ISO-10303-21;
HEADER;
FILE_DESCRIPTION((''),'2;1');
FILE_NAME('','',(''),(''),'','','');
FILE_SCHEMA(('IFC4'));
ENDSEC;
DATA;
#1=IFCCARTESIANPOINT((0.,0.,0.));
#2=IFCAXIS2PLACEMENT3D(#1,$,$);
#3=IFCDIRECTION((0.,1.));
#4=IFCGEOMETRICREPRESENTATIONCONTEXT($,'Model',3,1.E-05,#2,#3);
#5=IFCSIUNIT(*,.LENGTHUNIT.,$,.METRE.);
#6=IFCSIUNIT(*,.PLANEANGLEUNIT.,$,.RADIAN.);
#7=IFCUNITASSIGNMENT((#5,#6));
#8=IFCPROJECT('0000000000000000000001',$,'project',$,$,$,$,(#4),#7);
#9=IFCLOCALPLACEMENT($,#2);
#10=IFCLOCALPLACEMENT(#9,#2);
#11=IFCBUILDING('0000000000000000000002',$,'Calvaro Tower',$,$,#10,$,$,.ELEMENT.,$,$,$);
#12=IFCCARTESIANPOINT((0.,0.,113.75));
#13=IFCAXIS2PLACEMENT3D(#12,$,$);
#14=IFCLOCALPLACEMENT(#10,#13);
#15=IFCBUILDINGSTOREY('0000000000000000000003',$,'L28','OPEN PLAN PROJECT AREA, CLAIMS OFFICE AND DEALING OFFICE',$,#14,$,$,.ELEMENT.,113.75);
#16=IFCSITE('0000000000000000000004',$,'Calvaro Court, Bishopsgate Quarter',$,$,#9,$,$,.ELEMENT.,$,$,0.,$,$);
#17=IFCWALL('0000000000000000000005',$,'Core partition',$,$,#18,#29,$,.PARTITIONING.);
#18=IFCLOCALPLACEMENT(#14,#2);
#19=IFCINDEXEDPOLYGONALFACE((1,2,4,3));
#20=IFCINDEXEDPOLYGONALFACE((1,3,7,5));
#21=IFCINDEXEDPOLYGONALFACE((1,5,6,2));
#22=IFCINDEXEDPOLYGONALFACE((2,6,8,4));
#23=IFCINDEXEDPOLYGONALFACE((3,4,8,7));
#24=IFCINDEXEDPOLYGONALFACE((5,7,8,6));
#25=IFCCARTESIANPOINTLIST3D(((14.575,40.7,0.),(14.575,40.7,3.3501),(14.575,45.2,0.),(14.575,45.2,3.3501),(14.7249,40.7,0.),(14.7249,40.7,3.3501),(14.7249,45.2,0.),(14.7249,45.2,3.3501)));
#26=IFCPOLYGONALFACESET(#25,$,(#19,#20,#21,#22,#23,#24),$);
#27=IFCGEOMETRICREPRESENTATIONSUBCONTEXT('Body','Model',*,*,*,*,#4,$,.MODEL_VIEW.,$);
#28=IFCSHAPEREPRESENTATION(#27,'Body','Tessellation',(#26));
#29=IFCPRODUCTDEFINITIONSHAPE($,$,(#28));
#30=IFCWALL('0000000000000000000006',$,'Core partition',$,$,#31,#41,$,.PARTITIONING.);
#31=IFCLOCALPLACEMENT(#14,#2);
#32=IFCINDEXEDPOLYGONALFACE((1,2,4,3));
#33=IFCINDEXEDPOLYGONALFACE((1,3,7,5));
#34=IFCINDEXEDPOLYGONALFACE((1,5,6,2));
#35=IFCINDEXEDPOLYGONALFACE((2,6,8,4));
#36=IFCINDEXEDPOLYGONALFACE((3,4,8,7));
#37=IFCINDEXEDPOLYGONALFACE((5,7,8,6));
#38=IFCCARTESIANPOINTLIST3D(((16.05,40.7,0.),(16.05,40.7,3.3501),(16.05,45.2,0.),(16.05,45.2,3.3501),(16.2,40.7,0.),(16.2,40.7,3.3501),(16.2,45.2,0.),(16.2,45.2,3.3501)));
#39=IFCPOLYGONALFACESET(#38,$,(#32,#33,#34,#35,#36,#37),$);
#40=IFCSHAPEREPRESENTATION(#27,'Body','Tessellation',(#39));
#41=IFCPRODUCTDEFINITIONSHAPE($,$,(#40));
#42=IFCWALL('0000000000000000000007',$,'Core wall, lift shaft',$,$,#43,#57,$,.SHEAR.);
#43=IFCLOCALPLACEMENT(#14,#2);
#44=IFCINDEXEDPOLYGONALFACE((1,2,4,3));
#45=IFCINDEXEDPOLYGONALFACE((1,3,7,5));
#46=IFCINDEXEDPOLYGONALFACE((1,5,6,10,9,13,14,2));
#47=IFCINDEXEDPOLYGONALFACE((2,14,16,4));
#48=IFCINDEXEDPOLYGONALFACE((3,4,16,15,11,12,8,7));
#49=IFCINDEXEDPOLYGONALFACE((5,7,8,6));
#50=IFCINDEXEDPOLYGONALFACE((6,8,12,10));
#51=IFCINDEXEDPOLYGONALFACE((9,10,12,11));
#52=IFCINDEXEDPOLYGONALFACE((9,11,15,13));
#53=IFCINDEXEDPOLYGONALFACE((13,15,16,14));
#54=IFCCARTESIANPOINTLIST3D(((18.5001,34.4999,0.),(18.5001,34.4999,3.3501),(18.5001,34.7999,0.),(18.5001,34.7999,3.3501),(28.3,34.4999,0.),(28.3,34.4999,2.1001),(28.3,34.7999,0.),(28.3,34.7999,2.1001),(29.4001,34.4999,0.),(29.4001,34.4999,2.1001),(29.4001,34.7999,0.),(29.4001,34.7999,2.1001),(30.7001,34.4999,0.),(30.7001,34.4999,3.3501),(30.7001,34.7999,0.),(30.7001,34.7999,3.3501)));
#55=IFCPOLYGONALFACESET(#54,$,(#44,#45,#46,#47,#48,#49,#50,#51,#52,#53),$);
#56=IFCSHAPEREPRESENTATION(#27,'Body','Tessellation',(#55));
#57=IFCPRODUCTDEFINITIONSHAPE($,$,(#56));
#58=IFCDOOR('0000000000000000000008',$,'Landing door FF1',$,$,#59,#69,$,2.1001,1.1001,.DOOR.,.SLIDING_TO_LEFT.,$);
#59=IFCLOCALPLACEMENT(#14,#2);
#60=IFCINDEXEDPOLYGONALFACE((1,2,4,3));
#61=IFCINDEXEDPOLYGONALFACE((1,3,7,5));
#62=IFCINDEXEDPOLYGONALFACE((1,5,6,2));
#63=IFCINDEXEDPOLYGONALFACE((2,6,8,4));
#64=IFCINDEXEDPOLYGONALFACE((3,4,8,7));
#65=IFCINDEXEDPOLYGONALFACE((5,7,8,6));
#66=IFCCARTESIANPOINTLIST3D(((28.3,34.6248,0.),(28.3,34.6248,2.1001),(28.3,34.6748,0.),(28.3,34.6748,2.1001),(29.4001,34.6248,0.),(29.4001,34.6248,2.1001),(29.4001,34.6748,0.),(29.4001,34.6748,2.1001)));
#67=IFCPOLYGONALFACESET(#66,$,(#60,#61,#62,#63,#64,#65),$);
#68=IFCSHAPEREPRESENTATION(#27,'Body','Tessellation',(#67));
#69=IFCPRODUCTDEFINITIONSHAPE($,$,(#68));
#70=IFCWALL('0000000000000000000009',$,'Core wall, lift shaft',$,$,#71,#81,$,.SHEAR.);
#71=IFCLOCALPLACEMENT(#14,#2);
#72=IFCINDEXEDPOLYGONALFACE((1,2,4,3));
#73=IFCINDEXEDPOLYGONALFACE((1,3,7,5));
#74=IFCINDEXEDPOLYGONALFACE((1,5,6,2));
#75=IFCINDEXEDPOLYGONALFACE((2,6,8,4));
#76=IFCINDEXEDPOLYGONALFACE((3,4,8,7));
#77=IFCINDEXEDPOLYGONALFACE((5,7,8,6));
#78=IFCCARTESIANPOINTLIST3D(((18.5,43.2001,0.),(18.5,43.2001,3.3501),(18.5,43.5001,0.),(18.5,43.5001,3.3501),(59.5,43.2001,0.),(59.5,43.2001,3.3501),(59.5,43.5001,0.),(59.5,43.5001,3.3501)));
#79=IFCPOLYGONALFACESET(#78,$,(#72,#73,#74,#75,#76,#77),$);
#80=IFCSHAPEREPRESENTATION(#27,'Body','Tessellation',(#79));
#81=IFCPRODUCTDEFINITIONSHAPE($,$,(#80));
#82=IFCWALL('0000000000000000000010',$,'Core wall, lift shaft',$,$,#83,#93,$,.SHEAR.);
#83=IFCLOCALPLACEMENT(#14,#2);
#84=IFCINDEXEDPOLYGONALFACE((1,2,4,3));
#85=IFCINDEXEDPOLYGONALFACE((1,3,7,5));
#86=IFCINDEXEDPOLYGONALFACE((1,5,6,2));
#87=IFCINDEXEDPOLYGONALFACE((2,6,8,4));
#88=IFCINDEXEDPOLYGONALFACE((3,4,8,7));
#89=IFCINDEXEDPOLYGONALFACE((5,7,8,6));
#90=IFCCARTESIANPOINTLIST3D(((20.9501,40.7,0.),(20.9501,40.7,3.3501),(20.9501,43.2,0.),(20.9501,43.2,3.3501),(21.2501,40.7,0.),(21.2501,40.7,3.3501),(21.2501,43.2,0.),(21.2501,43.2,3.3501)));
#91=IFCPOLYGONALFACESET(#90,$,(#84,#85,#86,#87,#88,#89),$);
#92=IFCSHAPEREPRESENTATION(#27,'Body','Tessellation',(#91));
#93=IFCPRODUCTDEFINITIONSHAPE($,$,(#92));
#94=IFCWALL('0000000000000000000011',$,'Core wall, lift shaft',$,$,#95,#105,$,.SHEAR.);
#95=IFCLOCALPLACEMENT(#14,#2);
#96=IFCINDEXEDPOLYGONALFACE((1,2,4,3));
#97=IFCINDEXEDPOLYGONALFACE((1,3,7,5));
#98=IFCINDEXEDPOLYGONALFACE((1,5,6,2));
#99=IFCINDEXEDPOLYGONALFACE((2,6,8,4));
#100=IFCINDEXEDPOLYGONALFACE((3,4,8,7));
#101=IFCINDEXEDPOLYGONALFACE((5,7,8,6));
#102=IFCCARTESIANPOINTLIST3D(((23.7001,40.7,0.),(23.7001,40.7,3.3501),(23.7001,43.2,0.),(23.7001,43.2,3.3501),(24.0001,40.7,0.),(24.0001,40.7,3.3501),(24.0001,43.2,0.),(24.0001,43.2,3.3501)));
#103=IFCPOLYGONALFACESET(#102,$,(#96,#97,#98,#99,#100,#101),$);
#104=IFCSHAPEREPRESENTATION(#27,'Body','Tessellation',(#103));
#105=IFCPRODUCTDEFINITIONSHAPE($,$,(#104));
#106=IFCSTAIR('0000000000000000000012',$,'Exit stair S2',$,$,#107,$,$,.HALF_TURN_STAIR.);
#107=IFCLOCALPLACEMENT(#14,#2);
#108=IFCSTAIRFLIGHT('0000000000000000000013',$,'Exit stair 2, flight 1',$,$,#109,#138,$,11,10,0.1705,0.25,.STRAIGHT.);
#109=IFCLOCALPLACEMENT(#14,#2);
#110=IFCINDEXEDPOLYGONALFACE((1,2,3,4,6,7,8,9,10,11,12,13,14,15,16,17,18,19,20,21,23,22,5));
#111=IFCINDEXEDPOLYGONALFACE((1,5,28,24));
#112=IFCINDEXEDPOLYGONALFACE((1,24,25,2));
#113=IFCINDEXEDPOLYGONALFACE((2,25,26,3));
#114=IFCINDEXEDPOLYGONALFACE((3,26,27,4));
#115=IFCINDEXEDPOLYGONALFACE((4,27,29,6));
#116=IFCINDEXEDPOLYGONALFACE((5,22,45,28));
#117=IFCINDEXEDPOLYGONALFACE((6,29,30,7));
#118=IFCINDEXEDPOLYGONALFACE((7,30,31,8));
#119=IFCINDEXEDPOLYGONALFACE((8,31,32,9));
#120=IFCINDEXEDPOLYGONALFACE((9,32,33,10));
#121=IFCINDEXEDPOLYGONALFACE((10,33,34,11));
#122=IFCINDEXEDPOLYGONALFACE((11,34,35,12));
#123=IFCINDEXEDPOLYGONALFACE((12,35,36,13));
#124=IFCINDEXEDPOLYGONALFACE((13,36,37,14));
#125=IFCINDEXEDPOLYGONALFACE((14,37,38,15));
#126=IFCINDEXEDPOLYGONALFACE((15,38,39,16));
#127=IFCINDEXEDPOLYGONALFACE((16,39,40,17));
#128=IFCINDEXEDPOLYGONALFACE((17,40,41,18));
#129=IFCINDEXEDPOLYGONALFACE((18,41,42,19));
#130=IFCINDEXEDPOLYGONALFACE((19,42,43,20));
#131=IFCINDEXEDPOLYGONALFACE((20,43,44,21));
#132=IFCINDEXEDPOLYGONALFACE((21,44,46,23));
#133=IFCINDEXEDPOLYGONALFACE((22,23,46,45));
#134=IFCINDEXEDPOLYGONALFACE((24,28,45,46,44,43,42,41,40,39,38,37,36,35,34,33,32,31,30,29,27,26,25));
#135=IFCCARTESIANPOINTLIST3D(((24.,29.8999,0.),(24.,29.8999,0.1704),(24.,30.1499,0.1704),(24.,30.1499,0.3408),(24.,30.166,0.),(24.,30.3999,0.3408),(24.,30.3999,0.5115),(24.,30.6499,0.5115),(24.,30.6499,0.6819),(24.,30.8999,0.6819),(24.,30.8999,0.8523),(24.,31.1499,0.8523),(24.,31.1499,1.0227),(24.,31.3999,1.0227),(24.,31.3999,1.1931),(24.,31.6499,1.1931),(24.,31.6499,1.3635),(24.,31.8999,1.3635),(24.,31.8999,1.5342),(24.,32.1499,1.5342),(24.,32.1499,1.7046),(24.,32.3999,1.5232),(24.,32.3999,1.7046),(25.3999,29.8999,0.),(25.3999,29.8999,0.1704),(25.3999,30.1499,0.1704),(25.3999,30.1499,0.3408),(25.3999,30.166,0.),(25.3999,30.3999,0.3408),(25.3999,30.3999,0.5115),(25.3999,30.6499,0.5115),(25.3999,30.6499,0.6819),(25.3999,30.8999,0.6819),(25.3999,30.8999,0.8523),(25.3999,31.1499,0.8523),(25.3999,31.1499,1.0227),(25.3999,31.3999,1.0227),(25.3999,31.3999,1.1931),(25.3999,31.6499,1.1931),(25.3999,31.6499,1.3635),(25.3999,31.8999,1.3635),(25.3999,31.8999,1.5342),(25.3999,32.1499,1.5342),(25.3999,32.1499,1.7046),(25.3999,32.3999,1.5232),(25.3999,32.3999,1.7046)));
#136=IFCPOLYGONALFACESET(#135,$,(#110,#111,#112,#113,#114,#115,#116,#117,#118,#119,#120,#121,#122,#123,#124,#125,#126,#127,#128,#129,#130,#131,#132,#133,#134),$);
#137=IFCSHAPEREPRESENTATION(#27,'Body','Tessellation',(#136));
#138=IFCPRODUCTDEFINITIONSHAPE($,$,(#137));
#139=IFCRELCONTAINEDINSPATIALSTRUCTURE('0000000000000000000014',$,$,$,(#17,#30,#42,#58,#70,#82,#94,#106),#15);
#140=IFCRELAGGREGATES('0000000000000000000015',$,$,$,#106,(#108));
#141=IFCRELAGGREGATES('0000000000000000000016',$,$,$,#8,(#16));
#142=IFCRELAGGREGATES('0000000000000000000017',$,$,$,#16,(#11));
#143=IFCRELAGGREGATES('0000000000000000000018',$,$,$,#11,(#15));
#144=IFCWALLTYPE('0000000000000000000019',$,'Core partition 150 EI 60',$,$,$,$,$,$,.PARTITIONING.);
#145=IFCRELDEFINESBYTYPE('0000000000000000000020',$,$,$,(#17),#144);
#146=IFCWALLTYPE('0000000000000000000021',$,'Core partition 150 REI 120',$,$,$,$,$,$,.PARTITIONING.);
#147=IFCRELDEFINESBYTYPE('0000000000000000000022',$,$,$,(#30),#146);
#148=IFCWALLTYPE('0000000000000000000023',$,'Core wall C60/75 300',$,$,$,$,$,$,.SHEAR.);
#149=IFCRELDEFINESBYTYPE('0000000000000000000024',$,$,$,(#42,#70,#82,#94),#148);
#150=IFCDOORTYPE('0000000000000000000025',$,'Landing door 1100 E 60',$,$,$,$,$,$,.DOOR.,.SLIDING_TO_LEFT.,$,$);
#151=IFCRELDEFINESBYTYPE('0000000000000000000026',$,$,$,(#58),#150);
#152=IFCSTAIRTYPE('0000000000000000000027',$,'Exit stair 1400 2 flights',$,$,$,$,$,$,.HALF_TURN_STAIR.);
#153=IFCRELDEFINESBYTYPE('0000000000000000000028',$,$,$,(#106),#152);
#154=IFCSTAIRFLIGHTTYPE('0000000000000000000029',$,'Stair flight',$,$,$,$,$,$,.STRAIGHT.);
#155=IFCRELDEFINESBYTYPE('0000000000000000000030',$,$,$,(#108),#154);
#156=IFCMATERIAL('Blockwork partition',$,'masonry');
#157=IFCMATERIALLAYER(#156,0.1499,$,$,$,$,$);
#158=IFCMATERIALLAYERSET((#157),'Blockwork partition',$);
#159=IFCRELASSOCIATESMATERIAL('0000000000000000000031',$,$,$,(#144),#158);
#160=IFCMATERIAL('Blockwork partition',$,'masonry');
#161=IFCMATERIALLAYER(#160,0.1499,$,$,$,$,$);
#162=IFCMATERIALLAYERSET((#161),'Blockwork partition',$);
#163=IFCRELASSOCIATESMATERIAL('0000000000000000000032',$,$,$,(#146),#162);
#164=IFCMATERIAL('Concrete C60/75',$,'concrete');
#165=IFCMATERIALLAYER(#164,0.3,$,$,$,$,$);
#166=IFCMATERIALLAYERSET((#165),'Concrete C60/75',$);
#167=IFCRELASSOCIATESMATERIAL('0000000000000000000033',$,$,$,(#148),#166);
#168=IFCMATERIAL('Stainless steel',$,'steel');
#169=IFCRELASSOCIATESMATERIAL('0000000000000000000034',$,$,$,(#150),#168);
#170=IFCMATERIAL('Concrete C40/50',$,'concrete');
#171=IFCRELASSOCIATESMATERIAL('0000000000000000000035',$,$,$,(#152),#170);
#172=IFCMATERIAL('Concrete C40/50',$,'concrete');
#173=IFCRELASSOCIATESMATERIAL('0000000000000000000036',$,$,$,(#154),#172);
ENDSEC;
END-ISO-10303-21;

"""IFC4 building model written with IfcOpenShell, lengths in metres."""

from ifc_helpers import new_model, si_unit, direction, frame, frame_2d, origin, place, context, subcontext, project, spatial, polyline, rectangle, outline, extrude, material, layer, layer_set, type_object, element, fill, aggregate, save


model = new_model("IFC4")

# Units and contexts
model_context = context("Model", 3, precision=1e-05, world=origin(), true_north=direction((0.0, 1.0)))
body_context = subcontext(model_context, "Body", "Model", "MODEL_VIEW")
ifc_project = project(units=[si_unit("LENGTHUNIT", "METRE"), si_unit("PLANEANGLEUNIT", "RADIAN")], contexts=[model_context])

# Site, building, storey
site_placement = place(None, origin())
site = spatial("IfcSite", under=ifc_project, at=site_placement, Name="Calvaro Court, Bishopsgate Quarter", CompositionType="ELEMENT", RefElevation=0.0)
building_placement = place(site_placement, origin())
building = spatial("IfcBuilding", under=site, at=building_placement, Name="Calvaro Tower", CompositionType="ELEMENT")
storey_placement = place(building_placement, frame((0.0, 0.0, 113.75)))
storey = spatial("IfcBuildingStorey", under=building, at=storey_placement, Name="L28", Description="OPEN PLAN PROJECT AREA, CLAIMS OFFICE AND DEALING OFFICE", CompositionType="ELEMENT", Elevation=113.75)

# Walls
ifc_material_1 = material(Name="Blockwork partition", Category="masonry")
ifc_layer_1 = layer(ifc_material_1, 0.1499)
ifc_layer_set_1 = layer_set([ifc_layer_1], Name="Blockwork partition")
wall_type_1 = type_object("IfcWallType", Name="Core partition 150 EI 60", PredefinedType="PARTITIONING", material=ifc_layer_set_1)
wall_1_placement = place(storey_placement, frame((14.6499, 40.7, 0.0), z_axis=(0.0, 0.0, 1.0), x_axis=(0.0, 1.0, 0.0)))
element("IfcWall", 1, at=wall_1_placement, inside=storey, type_object=wall_type_1, Name="Core partition", PredefinedType="PARTITIONING", context=body_context, shape_type="SweptSolid", body=[
    extrude(rectangle(XDim=4.5, YDim=0.1499, at=frame_2d((2.25, 0.0))), origin(), (0.0, 0.0, 1.0), 3.3501),
])
ifc_material_2 = material(Name="Blockwork partition", Category="masonry")
ifc_layer_2 = layer(ifc_material_2, 0.1499)
ifc_layer_set_2 = layer_set([ifc_layer_2], Name="Blockwork partition")
wall_type_2 = type_object("IfcWallType", Name="Core partition 150 REI 120", PredefinedType="PARTITIONING", material=ifc_layer_set_2)
wall_2_placement = place(storey_placement, frame((16.125, 40.7, 0.0), z_axis=(0.0, 0.0, 1.0), x_axis=(0.0, 1.0, 0.0)))
element("IfcWall", 2, at=wall_2_placement, inside=storey, type_object=wall_type_2, Name="Core partition", PredefinedType="PARTITIONING", context=body_context, shape_type="SweptSolid", body=[
    extrude(rectangle(XDim=4.5, YDim=0.1499, at=frame_2d((2.25, 0.0))), origin(), (0.0, 0.0, 1.0), 3.3501),
])

# Wall, opening, door
ifc_material_3 = material(Name="Concrete C60/75", Category="concrete")
ifc_layer_3 = layer(ifc_material_3, 0.3)
ifc_layer_set_3 = layer_set([ifc_layer_3], Name="Concrete C60/75")
wall_type_3 = type_object("IfcWallType", Name="Core wall C60/75 300", PredefinedType="SHEAR", material=ifc_layer_set_3)
wall_3_placement = place(storey_placement, frame((18.5, 34.6499, 0.0), z_axis=(0.0, 0.0, 1.0), x_axis=(1.0, 0.0, 0.0)))
wall_3 = element("IfcWall", 3, at=wall_3_placement, inside=storey, type_object=wall_type_3, Name="Core wall, lift shaft", PredefinedType="SHEAR", context=body_context, shape_type="SweptSolid", body=[
    extrude(rectangle(XDim=12.2, YDim=0.3, at=frame_2d((6.1001, 0.0))), origin(), (0.0, 0.0, 1.0), 3.3501),
])
opening_1_placement = place(wall_3_placement, frame((9.8, 0.0, 0.0)))
opening_1 = element("IfcOpeningElement", 4, at=opening_1_placement, cuts=wall_3, PredefinedType="OPENING", context=body_context, shape_type="SweptSolid", body=[
    extrude(rectangle(XDim=1.1001, YDim=2.1001, at=frame_2d((0.55, 1.05))), frame((0.0, 0.1599, 0.0), z_axis=(0.0, -1.0, 0.0), x_axis=(1.0, 0.0, 0.0)), (0.0, 0.0, 1.0), 0.3201),
])
ifc_material_4 = material(Name="Stainless steel", Category="steel")
door_type_1 = type_object("IfcDoorType", Name="Landing door 1100 E 60", OperationType="SLIDING_TO_LEFT", PredefinedType="DOOR", material=ifc_material_4)
door_1_placement = place(opening_1_placement, origin())
door_1 = element("IfcDoor", 5, at=door_1_placement, inside=storey, type_object=door_type_1, Name="Landing door FF1", OperationType="SLIDING_TO_LEFT", OverallHeight=2.1001, OverallWidth=1.1001, PredefinedType="DOOR", context=body_context, shape_type="SweptSolid", body=[
    extrude(rectangle(XDim=1.1001, YDim=2.1001, at=frame_2d((0.55, 1.05))), frame((0.0, 0.0249, 0.0), z_axis=(0.0, -1.0, 0.0), x_axis=(1.0, 0.0, 0.0)), (0.0, 0.0, 1.0), 0.05),
])
fill(opening_1, door_1)

# Walls
wall_4_placement = place(storey_placement, frame((18.5, 43.3501, 0.0), z_axis=(0.0, 0.0, 1.0), x_axis=(1.0, 0.0, 0.0)))
element("IfcWall", 6, at=wall_4_placement, inside=storey, type_object=wall_type_3, Name="Core wall, lift shaft", PredefinedType="SHEAR", context=body_context, shape_type="SweptSolid", body=[
    extrude(rectangle(XDim=41.0, YDim=0.3, at=frame_2d((20.5, 0.0))), origin(), (0.0, 0.0, 1.0), 3.3501),
])
for number, where, z_axis, x_axis, name in (
    (7, (21.1001, 40.7, 0.0), (0.0, 0.0, 1.0), (0.0, 1.0, 0.0), "Core wall, lift shaft"),
    (8, (23.8501, 40.7, 0.0), (0.0, 0.0, 1.0), (0.0, 1.0, 0.0), "Core wall, lift shaft"),
):
    element("IfcWall", number, at=place(storey_placement, frame(where, z_axis=z_axis, x_axis=x_axis)), inside=storey, type_object=wall_type_3, Name=name, PredefinedType="SHEAR", context=body_context, shape_type="SweptSolid", body=[
        extrude(rectangle(XDim=2.5, YDim=0.3, at=frame_2d((1.25, 0.0))), origin(), (0.0, 0.0, 1.0), 3.3501),
    ])

# Stair, stair flight
ifc_material_5 = material(Name="Concrete C40/50", Category="concrete")
stair_type = type_object("IfcStairType", Name="Exit stair 1400 2 flights", PredefinedType="HALF_TURN_STAIR", material=ifc_material_5)
stair_placement = place(storey_placement, origin())
stair = element("IfcStair", 9, at=stair_placement, inside=storey, type_object=stair_type, Name="Exit stair S2", PredefinedType="HALF_TURN_STAIR")
ifc_material_6 = material(Name="Concrete C40/50", Category="concrete")
stair_flight_type = type_object("IfcStairFlightType", Name="Stair flight", PredefinedType="STRAIGHT", material=ifc_material_6)
stair_flight_placement = place(storey_placement, frame((24.7, 29.8999, 0.0), z_axis=(0.0, 0.0, 1.0), x_axis=(0.0, 1.0, 0.0)))
stair_flight = element("IfcStairFlight", 10, at=stair_flight_placement, type_object=stair_flight_type, Name="Exit stair 2, flight 1", NumberOfRisers=11, NumberOfTreads=10, PredefinedType="STRAIGHT", RiserHeight=0.1705, TreadLength=0.25, context=body_context, shape_type="SweptSolid", body=[
    extrude(outline(polyline([(0.0, 0.0), (0.0, 0.1704), (0.25, 0.1704), (0.25, 0.3408), (0.5, 0.3408), (0.5, 0.5115), (0.75, 0.5115), (0.75, 0.6819), (1.0, 0.6819), (1.0, 0.8523), (1.25, 0.8523), (1.25, 1.0227), (1.5, 1.0227), (1.5, 1.1931), (1.75, 1.1931), (1.75, 1.3635), (2.0, 1.3635), (2.0, 1.5342), (2.25, 1.5342), (2.25, 1.7046), (2.5, 1.7046), (2.5, 1.875), (2.5, 1.5232), (0.2661, 0.0), (0.0, 0.0)])), frame((0.0, 0.7, 0.0), z_axis=(0.0, -1.0, 0.0), x_axis=(1.0, 0.0, 0.0)), (0.0, 0.0, 1.0), 1.3999),
])
aggregate(stair, [stair_flight])

save(model, "model.ifc")
